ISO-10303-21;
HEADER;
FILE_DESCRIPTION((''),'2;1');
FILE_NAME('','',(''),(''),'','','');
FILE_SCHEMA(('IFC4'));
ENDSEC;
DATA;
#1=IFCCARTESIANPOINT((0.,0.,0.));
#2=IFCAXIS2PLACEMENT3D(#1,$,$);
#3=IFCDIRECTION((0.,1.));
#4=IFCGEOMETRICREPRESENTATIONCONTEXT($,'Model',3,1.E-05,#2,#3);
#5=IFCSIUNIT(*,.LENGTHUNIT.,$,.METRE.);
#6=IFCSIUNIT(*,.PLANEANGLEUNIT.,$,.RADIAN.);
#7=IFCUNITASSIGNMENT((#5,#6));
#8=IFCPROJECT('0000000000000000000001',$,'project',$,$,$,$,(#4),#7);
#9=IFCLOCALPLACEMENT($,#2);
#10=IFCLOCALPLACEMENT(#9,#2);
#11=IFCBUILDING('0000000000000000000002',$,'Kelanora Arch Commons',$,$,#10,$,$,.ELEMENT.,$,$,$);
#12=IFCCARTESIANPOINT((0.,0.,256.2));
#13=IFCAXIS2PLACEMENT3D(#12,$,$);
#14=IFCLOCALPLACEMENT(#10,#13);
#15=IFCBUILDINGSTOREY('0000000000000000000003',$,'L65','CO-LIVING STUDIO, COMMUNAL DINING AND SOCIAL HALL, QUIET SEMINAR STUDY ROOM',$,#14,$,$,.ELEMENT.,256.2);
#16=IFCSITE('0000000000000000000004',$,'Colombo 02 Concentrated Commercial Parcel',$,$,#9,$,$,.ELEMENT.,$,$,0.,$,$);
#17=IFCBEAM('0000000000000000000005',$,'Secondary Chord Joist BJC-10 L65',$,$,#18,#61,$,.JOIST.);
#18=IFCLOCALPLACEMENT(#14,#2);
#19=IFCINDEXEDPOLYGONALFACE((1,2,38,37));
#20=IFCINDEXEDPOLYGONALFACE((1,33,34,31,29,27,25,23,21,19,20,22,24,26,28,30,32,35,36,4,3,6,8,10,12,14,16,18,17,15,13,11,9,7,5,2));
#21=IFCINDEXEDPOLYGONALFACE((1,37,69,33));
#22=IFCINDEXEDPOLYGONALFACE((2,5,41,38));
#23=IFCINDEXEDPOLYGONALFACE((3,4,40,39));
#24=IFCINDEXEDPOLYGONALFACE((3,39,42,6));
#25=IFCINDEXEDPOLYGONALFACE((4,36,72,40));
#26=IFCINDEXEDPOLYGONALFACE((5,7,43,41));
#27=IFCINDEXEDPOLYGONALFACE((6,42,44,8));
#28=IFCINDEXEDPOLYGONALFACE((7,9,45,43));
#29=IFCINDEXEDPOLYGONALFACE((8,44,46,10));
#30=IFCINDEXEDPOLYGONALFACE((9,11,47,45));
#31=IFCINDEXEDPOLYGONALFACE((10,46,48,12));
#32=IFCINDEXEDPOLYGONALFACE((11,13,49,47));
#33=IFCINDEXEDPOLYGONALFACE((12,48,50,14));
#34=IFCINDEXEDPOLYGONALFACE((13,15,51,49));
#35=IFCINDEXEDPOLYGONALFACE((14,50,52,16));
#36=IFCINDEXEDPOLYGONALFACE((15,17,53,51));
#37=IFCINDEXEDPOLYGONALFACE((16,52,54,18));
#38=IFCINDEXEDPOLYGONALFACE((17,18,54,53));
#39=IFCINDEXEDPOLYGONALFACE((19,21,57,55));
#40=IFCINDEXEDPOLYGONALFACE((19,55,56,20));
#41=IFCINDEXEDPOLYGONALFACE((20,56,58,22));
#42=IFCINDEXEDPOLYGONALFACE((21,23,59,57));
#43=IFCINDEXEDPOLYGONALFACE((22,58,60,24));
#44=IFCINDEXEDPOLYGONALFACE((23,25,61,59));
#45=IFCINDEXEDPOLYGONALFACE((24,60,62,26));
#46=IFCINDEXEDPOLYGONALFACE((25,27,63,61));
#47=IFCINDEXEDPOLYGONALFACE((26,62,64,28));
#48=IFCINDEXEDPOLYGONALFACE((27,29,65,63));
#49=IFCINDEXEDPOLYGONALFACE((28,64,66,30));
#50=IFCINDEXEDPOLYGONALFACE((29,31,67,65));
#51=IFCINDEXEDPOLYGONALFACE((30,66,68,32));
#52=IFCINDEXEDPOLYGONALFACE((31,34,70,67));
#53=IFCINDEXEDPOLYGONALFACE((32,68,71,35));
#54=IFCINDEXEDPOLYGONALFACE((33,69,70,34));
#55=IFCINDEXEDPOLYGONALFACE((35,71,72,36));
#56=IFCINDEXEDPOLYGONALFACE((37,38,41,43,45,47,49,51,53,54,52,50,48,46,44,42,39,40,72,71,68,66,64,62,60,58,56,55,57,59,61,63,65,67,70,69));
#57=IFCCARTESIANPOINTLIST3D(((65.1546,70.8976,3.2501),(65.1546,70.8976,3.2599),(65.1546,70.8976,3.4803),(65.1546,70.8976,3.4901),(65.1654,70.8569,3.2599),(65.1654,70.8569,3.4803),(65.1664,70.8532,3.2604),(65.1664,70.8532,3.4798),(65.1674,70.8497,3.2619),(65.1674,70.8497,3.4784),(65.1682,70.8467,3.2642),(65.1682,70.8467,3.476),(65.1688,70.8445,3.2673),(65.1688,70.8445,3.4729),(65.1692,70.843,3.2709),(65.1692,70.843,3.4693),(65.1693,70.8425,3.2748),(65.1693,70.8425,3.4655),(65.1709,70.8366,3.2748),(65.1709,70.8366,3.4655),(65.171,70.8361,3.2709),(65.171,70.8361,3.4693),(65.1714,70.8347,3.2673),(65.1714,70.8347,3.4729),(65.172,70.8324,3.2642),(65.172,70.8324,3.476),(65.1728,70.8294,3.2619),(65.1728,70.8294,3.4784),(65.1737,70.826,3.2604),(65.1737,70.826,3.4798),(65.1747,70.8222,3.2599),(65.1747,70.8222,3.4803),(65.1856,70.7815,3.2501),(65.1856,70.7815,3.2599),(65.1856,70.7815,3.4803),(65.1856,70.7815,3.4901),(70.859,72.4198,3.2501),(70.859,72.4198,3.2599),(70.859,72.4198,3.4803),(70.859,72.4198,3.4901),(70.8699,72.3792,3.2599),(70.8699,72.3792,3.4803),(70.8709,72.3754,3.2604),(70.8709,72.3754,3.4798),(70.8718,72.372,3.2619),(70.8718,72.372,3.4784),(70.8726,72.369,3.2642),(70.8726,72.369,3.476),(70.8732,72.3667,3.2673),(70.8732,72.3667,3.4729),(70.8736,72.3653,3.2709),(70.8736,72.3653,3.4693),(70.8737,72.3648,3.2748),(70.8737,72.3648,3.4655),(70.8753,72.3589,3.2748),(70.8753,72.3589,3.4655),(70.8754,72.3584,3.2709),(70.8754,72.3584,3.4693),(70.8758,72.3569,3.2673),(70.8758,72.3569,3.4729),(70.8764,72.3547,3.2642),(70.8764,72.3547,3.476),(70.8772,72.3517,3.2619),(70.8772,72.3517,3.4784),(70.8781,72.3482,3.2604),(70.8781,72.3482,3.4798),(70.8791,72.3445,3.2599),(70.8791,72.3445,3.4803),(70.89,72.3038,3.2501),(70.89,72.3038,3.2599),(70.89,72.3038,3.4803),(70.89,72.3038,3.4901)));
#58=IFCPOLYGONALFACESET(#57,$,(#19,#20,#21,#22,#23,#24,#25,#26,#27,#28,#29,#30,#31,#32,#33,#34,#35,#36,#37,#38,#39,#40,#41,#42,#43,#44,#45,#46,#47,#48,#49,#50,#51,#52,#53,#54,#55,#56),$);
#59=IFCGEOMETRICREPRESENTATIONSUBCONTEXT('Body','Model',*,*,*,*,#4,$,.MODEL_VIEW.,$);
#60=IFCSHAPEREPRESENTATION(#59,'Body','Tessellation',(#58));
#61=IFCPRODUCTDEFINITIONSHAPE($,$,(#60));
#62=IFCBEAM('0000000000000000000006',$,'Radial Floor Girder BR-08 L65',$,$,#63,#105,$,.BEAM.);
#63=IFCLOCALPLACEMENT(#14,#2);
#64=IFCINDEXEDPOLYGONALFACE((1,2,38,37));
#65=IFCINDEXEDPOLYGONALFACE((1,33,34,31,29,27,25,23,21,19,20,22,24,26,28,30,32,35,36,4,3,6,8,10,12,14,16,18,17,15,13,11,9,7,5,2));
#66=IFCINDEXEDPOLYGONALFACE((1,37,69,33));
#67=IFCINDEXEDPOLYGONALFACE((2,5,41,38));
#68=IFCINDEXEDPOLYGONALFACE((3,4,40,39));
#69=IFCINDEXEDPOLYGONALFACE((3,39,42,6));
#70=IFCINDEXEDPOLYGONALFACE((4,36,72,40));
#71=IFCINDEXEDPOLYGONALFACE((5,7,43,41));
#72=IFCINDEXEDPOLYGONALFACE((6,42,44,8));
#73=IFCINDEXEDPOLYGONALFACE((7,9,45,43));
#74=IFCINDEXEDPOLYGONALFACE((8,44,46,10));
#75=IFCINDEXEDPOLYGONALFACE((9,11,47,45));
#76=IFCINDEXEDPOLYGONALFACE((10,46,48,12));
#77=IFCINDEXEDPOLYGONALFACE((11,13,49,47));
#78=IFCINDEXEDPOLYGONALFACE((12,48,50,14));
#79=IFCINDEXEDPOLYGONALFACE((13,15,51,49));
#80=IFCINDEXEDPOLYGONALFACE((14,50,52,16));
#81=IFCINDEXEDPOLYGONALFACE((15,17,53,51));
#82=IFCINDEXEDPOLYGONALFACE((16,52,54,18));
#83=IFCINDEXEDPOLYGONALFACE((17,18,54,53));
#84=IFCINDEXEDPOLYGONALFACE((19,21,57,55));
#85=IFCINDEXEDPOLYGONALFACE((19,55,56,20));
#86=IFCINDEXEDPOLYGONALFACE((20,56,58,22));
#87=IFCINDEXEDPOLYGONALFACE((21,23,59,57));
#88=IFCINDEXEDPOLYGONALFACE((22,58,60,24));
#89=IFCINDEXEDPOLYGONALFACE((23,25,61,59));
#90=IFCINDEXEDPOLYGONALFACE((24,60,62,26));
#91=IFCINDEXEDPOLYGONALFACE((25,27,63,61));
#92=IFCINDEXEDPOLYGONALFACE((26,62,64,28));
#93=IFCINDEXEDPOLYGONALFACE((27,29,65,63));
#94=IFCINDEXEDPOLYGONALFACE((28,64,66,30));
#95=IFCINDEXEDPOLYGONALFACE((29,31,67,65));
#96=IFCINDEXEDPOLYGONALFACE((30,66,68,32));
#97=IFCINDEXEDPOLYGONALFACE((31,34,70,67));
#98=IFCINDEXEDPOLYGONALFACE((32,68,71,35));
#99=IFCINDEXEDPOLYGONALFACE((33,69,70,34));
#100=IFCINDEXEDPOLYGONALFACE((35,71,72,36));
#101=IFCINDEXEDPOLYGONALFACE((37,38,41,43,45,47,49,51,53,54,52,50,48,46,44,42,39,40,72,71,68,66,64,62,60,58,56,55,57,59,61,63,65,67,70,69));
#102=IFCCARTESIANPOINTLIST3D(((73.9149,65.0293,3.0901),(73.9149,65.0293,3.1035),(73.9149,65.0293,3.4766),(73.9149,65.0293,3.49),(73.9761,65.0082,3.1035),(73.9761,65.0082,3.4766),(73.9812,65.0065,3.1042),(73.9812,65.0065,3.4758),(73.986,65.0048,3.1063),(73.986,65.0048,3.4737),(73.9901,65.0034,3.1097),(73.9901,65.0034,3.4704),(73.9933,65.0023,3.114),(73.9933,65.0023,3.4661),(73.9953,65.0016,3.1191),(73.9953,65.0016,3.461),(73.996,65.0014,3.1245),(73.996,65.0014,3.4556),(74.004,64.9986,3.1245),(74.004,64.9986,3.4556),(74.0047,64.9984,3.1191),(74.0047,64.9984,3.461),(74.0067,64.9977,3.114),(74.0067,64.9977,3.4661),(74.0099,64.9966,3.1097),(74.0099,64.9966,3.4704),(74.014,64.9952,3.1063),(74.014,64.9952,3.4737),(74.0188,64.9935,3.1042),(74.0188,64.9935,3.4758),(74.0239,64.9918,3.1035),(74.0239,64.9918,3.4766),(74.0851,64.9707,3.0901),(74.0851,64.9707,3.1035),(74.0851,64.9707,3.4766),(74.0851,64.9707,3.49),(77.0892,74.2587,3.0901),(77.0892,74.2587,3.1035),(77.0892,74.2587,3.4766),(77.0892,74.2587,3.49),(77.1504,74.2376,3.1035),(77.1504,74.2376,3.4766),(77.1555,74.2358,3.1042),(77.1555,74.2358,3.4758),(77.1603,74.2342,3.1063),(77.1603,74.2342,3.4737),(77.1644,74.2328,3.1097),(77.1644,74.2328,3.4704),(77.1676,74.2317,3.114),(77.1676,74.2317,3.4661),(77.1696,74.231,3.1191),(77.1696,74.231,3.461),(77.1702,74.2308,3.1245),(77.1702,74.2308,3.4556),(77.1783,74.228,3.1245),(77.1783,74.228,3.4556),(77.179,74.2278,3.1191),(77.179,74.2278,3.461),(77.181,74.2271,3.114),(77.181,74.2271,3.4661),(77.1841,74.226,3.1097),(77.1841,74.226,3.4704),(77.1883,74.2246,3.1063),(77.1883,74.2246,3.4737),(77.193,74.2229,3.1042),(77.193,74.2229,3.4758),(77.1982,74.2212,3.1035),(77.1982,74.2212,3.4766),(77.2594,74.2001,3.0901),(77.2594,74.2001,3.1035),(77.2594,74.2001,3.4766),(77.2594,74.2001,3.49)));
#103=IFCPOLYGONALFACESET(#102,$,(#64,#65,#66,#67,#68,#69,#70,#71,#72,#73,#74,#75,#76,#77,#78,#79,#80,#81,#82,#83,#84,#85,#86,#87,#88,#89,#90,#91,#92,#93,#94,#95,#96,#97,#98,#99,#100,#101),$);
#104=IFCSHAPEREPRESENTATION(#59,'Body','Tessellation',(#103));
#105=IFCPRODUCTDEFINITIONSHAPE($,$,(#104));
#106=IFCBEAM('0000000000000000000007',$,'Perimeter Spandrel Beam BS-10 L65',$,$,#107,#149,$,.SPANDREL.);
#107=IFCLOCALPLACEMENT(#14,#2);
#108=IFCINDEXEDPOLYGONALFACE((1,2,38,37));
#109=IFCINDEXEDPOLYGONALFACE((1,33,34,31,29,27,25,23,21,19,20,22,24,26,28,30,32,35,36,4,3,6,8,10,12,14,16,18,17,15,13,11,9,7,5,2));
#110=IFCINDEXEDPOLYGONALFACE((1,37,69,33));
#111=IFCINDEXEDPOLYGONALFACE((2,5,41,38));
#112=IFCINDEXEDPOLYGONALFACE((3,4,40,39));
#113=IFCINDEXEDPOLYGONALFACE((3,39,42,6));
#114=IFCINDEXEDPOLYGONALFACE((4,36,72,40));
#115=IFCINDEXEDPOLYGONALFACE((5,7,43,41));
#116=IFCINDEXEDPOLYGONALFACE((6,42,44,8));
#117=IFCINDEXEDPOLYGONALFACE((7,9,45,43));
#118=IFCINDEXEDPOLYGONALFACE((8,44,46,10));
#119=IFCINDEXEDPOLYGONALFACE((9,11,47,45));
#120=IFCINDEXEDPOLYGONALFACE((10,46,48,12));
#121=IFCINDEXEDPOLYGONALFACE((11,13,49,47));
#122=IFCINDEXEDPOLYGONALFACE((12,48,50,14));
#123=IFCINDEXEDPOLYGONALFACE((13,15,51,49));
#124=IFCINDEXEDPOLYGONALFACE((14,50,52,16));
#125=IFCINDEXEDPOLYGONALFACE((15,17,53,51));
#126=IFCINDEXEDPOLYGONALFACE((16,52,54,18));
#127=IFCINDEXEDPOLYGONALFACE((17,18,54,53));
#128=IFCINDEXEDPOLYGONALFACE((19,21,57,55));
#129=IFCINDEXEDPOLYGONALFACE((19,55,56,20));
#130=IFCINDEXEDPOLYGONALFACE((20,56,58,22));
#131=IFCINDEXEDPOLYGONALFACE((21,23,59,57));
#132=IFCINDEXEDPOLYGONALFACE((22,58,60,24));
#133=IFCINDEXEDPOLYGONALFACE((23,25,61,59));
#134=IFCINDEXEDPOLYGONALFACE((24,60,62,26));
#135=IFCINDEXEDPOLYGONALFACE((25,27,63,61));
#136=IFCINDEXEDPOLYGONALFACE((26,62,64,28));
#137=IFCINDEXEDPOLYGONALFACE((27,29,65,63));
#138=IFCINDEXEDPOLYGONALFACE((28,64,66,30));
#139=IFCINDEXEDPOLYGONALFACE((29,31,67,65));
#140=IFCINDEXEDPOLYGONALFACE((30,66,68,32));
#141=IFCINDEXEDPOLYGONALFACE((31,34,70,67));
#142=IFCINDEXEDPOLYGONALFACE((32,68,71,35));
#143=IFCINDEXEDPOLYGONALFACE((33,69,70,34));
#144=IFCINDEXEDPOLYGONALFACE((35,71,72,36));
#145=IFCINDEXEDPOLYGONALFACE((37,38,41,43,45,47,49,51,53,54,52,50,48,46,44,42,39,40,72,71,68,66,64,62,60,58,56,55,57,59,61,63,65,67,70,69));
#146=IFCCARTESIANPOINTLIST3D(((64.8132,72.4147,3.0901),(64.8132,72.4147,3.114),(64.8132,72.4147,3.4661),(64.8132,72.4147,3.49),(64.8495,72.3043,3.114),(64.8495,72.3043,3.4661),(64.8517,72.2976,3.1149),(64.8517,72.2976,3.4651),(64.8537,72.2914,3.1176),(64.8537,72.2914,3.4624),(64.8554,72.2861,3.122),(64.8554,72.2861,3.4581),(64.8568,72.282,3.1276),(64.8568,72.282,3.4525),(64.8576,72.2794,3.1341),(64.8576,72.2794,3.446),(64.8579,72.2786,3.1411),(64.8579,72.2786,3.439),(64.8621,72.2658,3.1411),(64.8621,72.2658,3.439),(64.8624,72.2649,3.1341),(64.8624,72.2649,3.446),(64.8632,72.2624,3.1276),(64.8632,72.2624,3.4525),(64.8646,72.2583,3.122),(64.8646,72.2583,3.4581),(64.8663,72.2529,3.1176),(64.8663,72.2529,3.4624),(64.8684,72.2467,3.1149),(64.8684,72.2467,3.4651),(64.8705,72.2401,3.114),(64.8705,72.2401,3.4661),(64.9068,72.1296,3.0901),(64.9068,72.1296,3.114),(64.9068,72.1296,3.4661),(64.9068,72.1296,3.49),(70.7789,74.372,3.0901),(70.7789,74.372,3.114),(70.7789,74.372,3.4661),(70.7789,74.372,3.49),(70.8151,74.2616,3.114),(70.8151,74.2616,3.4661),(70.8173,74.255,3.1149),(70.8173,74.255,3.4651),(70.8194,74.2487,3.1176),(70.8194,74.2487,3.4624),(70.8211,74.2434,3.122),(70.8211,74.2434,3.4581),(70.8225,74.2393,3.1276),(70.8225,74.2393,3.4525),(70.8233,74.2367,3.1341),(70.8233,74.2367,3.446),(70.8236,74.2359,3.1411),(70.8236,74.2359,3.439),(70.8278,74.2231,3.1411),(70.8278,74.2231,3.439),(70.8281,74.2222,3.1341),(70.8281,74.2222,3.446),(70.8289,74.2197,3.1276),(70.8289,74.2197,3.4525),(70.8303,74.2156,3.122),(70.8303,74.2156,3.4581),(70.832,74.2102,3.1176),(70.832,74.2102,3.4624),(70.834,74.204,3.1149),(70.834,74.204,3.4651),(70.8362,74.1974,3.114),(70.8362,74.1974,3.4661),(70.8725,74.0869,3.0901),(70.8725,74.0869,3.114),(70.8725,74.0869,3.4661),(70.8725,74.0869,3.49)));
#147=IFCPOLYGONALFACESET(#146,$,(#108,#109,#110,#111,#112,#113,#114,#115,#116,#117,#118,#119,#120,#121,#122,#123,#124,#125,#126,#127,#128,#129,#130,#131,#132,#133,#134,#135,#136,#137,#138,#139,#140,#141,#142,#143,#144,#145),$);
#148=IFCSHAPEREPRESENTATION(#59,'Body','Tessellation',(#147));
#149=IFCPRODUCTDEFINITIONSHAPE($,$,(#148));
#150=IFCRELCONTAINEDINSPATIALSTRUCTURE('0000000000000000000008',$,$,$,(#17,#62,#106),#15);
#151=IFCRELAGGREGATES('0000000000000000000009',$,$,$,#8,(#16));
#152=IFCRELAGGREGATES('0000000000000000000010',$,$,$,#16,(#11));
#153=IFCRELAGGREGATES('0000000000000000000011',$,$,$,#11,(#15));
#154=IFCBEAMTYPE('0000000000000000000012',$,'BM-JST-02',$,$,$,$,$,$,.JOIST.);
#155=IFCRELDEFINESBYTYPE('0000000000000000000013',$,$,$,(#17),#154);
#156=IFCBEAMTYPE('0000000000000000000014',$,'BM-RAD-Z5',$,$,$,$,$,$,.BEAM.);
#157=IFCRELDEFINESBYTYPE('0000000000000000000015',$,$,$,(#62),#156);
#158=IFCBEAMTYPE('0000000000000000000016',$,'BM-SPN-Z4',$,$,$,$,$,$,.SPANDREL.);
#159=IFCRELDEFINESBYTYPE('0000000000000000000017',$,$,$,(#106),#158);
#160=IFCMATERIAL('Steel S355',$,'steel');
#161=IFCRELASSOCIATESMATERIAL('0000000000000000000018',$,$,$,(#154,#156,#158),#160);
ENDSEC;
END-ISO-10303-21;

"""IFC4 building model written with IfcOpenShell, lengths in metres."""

from ifc_helpers import new_model, si_unit, direction, frame, origin, origin_2d, place, context, subcontext, project, spatial, i_section, extrude, material, material_profile, profile_set, type_object, element, save


model = new_model("IFC4")

# Units and contexts
model_context = context("Model", 3, precision=1e-05, world=origin(), true_north=direction((0.0, 1.0)))
body_context = subcontext(model_context, "Body", "Model", "MODEL_VIEW")
ifc_project = project(units=[si_unit("LENGTHUNIT", "METRE"), si_unit("PLANEANGLEUNIT", "RADIAN")], contexts=[model_context])

# Site, building, storey
site_placement = place(None, origin())
site = spatial("IfcSite", under=ifc_project, at=site_placement, Name="Colombo 02 Concentrated Commercial Parcel", CompositionType="ELEMENT", RefElevation=0.0)
building_placement = place(site_placement, origin())
building = spatial("IfcBuilding", under=site, at=building_placement, Name="Kelanora Arch Commons", CompositionType="ELEMENT")
storey_placement = place(building_placement, frame((0.0, 0.0, 256.2)))
storey = spatial("IfcBuildingStorey", under=building, at=storey_placement, Name="L65", Description="CO-LIVING STUDIO, COMMUNAL DINING AND SOCIAL HALL, QUIET SEMINAR STUDY ROOM", CompositionType="ELEMENT", Elevation=256.2)

# Beams
ifc_material_1 = material(Name="Steel S355", Category="steel")
ifc_material_profile_1 = material_profile(ifc_material_1, i_section(OverallWidth=0.1201, OverallDepth=0.24, WebThickness=0.0061, FlangeThickness=0.0098, FilletRadius=0.0149, at=origin_2d()), Name="IPE240")
ifc_profile_set_1 = profile_set([ifc_material_profile_1], Name="Steel S355")
beam_type_1 = type_object("IfcBeamType", Name="BM-JST-02", PredefinedType="JOIST", material=ifc_profile_set_1)
beam_1_placement = place(storey_placement, frame((70.8745, 72.3618, 3.3701), z_axis=(-0.96619, -0.25783, 0.0), x_axis=(0.25783, -0.96619, 0.0)))
element("IfcBeam", 1, at=beam_1_placement, inside=storey, type_object=beam_type_1, Name="Secondary Chord Joist BJC-10 L65", PredefinedType="JOIST", context=body_context, shape_type="SweptSolid", body=[
    extrude(i_section(OverallWidth=0.1201, OverallDepth=0.24, WebThickness=0.0061, FlangeThickness=0.0098, FilletRadius=0.0149, at=origin_2d()), origin(), (0.0, 0.0, 1.0), 5.9041),
])
ifc_material_profile_2 = material_profile(ifc_material_1, i_section(OverallWidth=0.1799, OverallDepth=0.3999, WebThickness=0.0085, FlangeThickness=0.0134, FilletRadius=0.021, at=origin_2d()), Name="IPE400")
ifc_profile_set_2 = profile_set([ifc_material_profile_2], Name="Steel S355")
beam_type_2 = type_object("IfcBeamType", Name="BM-RAD-Z5", PredefinedType="BEAM", material=ifc_profile_set_2)
beam_2_placement = place(storey_placement, frame((74.0, 65.0, 3.29), z_axis=(0.325234, 0.945634, 0.0), x_axis=(-0.945634, 0.325234, 0.0)))
element("IfcBeam", 2, at=beam_2_placement, inside=storey, type_object=beam_type_2, Name="Radial Floor Girder BR-08 L65", PredefinedType="BEAM", context=body_context, shape_type="SweptSolid", body=[
    extrude(i_section(OverallWidth=0.1799, OverallDepth=0.3999, WebThickness=0.0085, FlangeThickness=0.0134, FilletRadius=0.021, at=origin_2d()), origin(), (0.0, 0.0, 1.0), 9.76),
])
ifc_material_profile_3 = material_profile(ifc_material_1, i_section(OverallWidth=0.3, OverallDepth=0.3999, WebThickness=0.0134, FlangeThickness=0.0239, FilletRadius=0.0271, at=origin_2d()), Name="HEB400")
ifc_profile_set_3 = profile_set([ifc_material_profile_3], Name="Steel S355")
beam_type_3 = type_object("IfcBeamType", Name="BM-SPN-Z4", PredefinedType="SPANDREL", material=ifc_profile_set_3)
beam_3_placement = place(storey_placement, frame((70.8257, 74.2295, 3.29), z_axis=(-0.950166, -0.311745, 0.0), x_axis=(0.311745, -0.950166, 0.0)))
element("IfcBeam", 3, at=beam_3_placement, inside=storey, type_object=beam_type_3, Name="Perimeter Spandrel Beam BS-10 L65", PredefinedType="SPANDREL", context=body_context, shape_type="SweptSolid", body=[
    extrude(i_section(OverallWidth=0.3, OverallDepth=0.3999, WebThickness=0.0134, FlangeThickness=0.0239, FilletRadius=0.0271, at=origin_2d()), origin(), (0.0, 0.0, 1.0), 6.2786),
])

save(model, "model.ifc")
